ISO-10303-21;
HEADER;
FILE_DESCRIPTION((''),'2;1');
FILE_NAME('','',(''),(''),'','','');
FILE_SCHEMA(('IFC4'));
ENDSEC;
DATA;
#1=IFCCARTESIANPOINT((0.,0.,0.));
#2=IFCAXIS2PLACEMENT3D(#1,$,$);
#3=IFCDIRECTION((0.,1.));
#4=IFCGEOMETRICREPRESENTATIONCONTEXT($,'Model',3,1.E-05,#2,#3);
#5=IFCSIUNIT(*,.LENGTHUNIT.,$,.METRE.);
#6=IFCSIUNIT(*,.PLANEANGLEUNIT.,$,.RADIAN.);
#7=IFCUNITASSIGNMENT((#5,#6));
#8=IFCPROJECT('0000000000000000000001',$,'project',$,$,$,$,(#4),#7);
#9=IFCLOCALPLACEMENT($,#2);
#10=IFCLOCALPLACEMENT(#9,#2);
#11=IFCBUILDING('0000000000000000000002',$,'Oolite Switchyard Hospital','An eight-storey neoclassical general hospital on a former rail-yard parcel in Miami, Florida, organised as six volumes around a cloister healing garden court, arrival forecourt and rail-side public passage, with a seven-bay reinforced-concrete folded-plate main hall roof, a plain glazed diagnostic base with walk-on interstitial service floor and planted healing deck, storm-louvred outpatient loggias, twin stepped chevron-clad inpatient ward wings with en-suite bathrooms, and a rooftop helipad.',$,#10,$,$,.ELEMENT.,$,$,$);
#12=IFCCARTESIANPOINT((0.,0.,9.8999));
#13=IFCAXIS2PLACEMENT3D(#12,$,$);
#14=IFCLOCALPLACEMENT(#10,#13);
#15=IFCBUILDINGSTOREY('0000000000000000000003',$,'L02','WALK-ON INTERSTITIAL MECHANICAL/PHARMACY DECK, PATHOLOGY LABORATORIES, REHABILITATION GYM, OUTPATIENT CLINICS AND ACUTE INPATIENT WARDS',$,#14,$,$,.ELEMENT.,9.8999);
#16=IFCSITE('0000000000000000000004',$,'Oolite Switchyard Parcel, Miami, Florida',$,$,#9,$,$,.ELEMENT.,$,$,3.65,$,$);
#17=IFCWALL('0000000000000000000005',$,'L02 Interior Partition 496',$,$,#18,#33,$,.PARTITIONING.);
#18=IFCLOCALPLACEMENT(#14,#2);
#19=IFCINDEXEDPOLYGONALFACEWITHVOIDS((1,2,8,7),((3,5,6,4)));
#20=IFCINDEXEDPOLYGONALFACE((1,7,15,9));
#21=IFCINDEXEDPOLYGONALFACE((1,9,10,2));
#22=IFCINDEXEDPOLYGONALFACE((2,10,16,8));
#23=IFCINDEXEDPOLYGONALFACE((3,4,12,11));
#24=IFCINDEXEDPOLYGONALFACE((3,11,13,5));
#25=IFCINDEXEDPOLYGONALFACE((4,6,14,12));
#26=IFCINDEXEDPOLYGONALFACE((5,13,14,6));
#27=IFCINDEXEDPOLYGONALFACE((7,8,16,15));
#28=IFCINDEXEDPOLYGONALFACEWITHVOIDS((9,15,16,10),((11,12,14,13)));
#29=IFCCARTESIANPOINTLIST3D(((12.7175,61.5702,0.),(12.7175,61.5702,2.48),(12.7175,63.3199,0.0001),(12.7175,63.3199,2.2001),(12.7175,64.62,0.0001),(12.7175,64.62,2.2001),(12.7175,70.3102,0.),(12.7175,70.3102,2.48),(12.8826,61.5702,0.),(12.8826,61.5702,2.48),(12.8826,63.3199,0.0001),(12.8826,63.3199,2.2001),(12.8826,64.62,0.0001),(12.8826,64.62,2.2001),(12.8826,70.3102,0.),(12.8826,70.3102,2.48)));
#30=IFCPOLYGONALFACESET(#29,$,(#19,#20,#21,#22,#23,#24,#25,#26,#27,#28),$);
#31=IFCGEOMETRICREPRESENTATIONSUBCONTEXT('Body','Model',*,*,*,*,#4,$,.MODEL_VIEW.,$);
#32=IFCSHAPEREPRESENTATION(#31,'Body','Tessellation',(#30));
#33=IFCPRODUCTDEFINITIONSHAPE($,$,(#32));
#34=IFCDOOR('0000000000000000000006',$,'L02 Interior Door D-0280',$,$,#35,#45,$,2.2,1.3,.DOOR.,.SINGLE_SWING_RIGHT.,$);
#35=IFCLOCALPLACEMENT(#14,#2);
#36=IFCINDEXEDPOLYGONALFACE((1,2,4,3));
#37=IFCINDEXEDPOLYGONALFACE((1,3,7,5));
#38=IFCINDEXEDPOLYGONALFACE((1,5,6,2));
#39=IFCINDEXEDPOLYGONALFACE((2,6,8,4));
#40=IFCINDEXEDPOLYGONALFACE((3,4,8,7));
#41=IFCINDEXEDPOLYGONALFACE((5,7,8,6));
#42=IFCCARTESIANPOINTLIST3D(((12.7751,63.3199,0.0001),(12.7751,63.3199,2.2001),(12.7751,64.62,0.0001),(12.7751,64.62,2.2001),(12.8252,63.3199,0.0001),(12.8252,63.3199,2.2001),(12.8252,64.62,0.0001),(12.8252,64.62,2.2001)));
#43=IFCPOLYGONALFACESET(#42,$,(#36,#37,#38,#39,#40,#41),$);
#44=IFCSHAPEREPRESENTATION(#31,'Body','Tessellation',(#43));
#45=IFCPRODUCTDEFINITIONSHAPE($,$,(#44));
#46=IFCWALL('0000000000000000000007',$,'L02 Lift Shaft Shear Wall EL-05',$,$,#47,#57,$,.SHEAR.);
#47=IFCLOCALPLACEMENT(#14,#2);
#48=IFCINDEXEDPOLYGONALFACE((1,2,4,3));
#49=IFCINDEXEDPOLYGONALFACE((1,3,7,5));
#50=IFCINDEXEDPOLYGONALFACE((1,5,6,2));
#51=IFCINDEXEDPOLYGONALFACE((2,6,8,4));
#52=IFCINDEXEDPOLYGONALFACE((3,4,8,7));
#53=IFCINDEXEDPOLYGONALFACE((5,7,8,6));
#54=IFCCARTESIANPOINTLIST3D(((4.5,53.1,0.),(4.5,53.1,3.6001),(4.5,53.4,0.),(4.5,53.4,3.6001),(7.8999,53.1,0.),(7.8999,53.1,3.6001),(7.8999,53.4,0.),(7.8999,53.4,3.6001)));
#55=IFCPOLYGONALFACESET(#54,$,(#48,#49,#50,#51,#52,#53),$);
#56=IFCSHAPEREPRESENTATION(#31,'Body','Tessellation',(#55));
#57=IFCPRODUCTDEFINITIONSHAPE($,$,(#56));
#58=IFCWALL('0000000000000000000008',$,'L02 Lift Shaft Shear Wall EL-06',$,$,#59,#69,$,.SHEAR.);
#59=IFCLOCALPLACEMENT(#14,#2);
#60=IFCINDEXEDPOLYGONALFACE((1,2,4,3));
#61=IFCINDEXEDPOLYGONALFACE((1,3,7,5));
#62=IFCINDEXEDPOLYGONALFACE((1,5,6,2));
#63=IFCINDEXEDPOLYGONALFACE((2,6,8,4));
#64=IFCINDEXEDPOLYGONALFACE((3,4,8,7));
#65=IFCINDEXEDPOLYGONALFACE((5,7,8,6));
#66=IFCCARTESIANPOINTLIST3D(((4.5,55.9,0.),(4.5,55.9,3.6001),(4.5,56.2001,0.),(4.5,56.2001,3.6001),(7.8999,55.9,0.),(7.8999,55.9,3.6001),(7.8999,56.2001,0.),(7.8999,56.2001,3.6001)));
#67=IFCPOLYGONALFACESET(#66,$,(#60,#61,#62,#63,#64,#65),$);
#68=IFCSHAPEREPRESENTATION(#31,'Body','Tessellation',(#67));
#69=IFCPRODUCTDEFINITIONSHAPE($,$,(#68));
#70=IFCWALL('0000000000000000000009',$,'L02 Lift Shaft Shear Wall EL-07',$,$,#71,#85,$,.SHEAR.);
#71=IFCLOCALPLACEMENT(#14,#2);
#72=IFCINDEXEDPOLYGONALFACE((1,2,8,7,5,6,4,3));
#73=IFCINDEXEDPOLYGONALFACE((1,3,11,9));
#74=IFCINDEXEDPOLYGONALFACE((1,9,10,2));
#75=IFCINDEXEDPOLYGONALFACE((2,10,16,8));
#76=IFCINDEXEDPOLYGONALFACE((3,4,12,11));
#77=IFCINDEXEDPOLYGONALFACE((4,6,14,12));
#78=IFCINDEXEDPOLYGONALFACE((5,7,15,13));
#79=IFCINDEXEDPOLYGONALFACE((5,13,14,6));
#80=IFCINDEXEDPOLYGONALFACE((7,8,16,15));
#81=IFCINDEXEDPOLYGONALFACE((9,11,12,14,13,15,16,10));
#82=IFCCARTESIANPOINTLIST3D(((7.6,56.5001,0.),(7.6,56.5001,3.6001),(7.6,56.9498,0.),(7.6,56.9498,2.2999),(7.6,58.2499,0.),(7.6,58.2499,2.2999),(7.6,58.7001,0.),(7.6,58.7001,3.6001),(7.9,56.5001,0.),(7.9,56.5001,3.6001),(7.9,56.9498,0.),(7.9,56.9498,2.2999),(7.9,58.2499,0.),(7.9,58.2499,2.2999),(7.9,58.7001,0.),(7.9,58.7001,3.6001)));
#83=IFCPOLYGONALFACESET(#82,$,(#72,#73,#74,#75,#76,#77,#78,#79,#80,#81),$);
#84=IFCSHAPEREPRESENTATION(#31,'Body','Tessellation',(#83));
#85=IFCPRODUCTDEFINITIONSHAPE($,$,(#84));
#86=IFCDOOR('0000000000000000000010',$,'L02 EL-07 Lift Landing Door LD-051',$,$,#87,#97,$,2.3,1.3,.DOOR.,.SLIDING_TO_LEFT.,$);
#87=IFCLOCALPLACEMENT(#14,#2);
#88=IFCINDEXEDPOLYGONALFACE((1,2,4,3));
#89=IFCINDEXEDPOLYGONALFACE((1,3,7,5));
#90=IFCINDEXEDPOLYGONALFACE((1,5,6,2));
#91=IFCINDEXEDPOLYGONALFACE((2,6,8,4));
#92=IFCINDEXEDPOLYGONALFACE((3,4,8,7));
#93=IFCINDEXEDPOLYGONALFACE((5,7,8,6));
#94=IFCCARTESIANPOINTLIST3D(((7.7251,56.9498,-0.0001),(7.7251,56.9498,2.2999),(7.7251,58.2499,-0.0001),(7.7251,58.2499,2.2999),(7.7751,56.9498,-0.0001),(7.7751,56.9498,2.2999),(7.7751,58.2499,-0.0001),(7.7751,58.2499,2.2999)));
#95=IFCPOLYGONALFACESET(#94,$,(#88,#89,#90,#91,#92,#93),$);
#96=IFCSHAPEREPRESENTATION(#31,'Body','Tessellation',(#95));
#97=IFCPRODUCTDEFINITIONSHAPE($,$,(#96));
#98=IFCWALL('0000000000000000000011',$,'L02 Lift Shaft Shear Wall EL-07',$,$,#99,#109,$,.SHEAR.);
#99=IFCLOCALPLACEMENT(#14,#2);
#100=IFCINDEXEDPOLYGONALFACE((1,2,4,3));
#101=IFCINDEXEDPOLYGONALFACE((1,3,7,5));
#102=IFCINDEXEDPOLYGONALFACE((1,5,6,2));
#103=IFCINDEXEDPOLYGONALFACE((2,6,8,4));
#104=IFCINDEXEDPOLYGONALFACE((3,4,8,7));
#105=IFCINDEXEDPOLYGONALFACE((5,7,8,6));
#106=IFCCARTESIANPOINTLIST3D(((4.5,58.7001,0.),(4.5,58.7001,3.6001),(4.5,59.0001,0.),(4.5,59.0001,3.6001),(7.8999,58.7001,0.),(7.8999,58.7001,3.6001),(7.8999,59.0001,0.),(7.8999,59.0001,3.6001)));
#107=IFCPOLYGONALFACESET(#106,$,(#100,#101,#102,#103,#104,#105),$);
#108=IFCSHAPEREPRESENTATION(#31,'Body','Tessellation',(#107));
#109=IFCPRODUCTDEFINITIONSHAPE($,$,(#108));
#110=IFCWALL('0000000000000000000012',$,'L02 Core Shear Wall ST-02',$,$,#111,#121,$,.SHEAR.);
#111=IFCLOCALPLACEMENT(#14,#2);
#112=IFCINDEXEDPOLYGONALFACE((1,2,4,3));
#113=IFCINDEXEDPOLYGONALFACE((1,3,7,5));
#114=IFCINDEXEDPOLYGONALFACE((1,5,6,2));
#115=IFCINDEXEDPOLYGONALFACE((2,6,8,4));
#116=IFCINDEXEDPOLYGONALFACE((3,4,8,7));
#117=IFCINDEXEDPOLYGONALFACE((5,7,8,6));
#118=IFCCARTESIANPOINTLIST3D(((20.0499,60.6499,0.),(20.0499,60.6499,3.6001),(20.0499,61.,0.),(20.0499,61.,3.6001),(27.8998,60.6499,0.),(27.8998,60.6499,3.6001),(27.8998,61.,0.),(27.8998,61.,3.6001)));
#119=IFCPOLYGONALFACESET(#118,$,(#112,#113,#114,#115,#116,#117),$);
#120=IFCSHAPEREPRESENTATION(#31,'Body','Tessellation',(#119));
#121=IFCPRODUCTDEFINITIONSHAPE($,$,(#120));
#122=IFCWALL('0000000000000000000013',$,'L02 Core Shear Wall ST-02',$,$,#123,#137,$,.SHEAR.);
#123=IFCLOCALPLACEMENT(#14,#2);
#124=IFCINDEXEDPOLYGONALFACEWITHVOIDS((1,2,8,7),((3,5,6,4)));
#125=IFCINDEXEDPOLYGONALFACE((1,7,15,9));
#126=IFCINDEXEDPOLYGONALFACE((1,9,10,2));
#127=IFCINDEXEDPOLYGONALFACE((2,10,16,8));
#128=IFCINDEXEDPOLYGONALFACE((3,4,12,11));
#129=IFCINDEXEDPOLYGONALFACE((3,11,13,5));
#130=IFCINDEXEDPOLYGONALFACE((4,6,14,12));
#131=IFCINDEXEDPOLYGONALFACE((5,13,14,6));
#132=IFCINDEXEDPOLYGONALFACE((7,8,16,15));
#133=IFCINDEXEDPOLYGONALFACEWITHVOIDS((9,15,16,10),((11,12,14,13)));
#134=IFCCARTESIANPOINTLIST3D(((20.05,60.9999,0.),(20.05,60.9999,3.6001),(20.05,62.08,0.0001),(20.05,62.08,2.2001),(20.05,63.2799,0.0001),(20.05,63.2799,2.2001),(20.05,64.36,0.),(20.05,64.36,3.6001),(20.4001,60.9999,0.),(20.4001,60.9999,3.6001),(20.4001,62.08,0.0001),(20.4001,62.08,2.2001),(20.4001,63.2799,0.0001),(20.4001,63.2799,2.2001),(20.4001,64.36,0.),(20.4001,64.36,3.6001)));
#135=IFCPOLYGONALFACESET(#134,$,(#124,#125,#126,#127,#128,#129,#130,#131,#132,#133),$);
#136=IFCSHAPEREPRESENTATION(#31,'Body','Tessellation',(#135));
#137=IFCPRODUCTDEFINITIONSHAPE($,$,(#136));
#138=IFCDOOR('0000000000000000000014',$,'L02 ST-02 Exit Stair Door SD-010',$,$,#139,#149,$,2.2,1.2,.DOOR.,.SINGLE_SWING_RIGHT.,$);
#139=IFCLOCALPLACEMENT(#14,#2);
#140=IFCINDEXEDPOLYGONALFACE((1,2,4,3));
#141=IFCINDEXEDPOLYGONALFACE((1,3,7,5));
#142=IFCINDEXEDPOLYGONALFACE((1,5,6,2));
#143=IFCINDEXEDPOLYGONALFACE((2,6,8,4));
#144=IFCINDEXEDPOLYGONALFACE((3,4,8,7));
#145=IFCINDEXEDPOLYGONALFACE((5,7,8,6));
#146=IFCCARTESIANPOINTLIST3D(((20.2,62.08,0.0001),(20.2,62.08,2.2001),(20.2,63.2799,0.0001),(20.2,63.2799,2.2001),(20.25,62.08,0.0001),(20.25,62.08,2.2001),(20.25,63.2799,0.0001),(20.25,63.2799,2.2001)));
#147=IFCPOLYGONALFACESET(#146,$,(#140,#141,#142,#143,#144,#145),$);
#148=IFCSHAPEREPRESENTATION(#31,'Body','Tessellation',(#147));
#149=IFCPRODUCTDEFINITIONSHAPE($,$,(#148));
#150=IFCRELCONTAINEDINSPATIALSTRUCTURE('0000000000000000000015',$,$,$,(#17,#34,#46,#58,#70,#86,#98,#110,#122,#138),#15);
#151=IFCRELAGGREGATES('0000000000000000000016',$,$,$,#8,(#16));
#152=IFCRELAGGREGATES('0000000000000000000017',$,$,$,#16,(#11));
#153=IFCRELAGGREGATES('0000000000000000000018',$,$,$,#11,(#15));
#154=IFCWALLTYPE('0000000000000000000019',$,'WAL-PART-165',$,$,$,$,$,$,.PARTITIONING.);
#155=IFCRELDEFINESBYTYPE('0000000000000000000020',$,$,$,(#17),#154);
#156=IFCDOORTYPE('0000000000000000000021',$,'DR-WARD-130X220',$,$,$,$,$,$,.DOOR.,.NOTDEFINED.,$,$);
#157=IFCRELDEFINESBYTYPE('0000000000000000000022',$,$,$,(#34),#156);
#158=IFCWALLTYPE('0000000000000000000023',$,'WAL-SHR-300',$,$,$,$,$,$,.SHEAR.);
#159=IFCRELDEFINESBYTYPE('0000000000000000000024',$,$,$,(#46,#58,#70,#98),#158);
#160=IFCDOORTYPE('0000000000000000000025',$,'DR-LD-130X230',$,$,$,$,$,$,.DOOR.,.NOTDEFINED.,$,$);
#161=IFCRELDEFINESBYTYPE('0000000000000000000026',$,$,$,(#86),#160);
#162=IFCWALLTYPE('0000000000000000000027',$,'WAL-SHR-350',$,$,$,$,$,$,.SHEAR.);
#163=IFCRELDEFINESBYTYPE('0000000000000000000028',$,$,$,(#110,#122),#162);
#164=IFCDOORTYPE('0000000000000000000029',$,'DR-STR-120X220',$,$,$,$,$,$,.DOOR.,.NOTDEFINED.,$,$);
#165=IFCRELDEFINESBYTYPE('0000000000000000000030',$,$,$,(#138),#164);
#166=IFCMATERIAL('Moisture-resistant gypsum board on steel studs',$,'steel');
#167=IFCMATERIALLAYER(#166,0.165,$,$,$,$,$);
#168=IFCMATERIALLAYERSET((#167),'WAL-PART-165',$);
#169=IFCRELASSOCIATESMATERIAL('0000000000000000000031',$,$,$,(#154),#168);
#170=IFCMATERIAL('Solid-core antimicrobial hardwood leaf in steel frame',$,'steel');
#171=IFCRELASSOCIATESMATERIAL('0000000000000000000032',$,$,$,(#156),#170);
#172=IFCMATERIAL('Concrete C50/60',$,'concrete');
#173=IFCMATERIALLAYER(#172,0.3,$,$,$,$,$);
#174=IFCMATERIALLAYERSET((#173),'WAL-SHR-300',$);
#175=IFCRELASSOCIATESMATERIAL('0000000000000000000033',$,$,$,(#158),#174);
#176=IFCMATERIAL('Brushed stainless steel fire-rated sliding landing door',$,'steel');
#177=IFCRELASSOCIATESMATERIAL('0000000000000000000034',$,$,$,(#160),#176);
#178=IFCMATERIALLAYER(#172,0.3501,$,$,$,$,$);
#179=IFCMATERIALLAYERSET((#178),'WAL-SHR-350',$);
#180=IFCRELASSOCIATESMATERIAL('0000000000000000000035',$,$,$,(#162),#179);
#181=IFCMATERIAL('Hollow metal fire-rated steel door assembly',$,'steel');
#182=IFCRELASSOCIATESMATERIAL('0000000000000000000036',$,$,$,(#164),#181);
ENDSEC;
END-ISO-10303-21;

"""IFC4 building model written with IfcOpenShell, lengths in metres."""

from ifc_helpers import new_model, si_unit, direction, frame, frame_2d, origin, place, context, subcontext, project, spatial, rectangle, extrude, material, layer, layer_set, type_object, element, fill, save


model = new_model("IFC4")

# Units and contexts
model_context = context("Model", 3, precision=1e-05, world=origin(), true_north=direction((0.0, 1.0)))
body_context = subcontext(model_context, "Body", "Model", "MODEL_VIEW")
ifc_project = project(units=[si_unit("LENGTHUNIT", "METRE"), si_unit("PLANEANGLEUNIT", "RADIAN")], contexts=[model_context])

# Site, building, storey
site_placement = place(None, origin())
site = spatial("IfcSite", under=ifc_project, at=site_placement, Name="Oolite Switchyard Parcel, Miami, Florida", CompositionType="ELEMENT", RefElevation=3.65)
building_placement = place(site_placement, origin())
building = spatial("IfcBuilding", under=site, at=building_placement, Name="Oolite Switchyard Hospital", Description="An eight-storey neoclassical general hospital on a former rail-yard parcel in Miami, Florida, organised as six volumes around a cloister healing garden court, arrival forecourt and rail-side public passage, with a seven-bay reinforced-concrete folded-plate main hall roof, a plain glazed diagnostic base with walk-on interstitial service floor and planted healing deck, storm-louvred outpatient loggias, twin stepped chevron-clad inpatient ward wings with en-suite bathrooms, and a rooftop helipad.", CompositionType="ELEMENT")
storey_placement = place(building_placement, frame((0.0, 0.0, 9.8999)))
storey = spatial("IfcBuildingStorey", under=building, at=storey_placement, Name="L02", Description="WALK-ON INTERSTITIAL MECHANICAL/PHARMACY DECK, PATHOLOGY LABORATORIES, REHABILITATION GYM, OUTPATIENT CLINICS AND ACUTE INPATIENT WARDS", CompositionType="ELEMENT", Elevation=9.8999)

# Shared definitions
ifc_material_1 = material(Name="Concrete C50/60", Category="concrete")

# Wall, opening, door
ifc_material_2 = material(Name="Moisture-resistant gypsum board on steel studs", Category="steel")
ifc_layer_1 = layer(ifc_material_2, 0.165)
ifc_layer_set_1 = layer_set([ifc_layer_1], Name="WAL-PART-165")
wall_type_1 = type_object("IfcWallType", Name="WAL-PART-165", PredefinedType="PARTITIONING", material=ifc_layer_set_1)
wall_1_placement = place(storey_placement, frame((12.8, 61.5701, 0.0), z_axis=(0.0, 0.0, 1.0), x_axis=(0.0, 1.0, 0.0)))
wall_1 = element("IfcWall", 1, at=wall_1_placement, inside=storey, type_object=wall_type_1, Name="L02 Interior Partition 496", PredefinedType="PARTITIONING", context=body_context, shape_type="SweptSolid", body=[
    extrude(rectangle(XDim=8.74, YDim=0.165, at=frame_2d((4.3701, 0.0))), origin(), (0.0, 0.0, 1.0), 2.48),
])
opening_1_placement = place(wall_1_placement, frame((1.75, 0.0, 0.0)))
opening_1 = element("IfcOpeningElement", 2, at=opening_1_placement, cuts=wall_1, PredefinedType="OPENING", context=body_context, shape_type="SweptSolid", body=[
    extrude(rectangle(XDim=1.3, YDim=2.2, at=frame_2d((0.6499, 1.1001))), frame((0.0, 0.0925, 0.0), z_axis=(0.0, -1.0, 0.0), x_axis=(1.0, 0.0, 0.0)), (0.0, 0.0, 1.0), 0.1851),
])
ifc_material_3 = material(Name="Solid-core antimicrobial hardwood leaf in steel frame", Category="steel")
door_type_1 = type_object("IfcDoorType", Name="DR-WARD-130X220", OperationType="NOTDEFINED", PredefinedType="DOOR", material=ifc_material_3)
door_1_placement = place(opening_1_placement, origin())
door_1 = element("IfcDoor", 3, at=door_1_placement, inside=storey, type_object=door_type_1, Name="L02 Interior Door D-0280", OperationType="SINGLE_SWING_RIGHT", OverallHeight=2.2, OverallWidth=1.3, PredefinedType="DOOR", context=body_context, shape_type="SweptSolid", body=[
    extrude(rectangle(XDim=1.3, YDim=2.2, at=frame_2d((0.6499, 1.1001))), frame((0.0, 0.0249, 0.0), z_axis=(0.0, -1.0, 0.0), x_axis=(1.0, 0.0, 0.0)), (0.0, 0.0, 1.0), 0.05),
])
fill(opening_1, door_1)

# Walls
ifc_layer_2 = layer(ifc_material_1, 0.3)
ifc_layer_set_2 = layer_set([ifc_layer_2], Name="WAL-SHR-300")
wall_type_2 = type_object("IfcWallType", Name="WAL-SHR-300", PredefinedType="SHEAR", material=ifc_layer_set_2)
for number, where, z_axis, x_axis, name in (
    (4, (7.8999, 53.25, 0.0), (0.0, 0.0, 1.0), (-1.0, 0.0, 0.0), "L02 Lift Shaft Shear Wall EL-05"),
    (5, (7.8999, 56.05, 0.0), (0.0, 0.0, 1.0), (-1.0, 0.0, 0.0), "L02 Lift Shaft Shear Wall EL-06"),
):
    element("IfcWall", number, at=place(storey_placement, frame(where, z_axis=z_axis, x_axis=x_axis)), inside=storey, type_object=wall_type_2, Name=name, PredefinedType="SHEAR", context=body_context, shape_type="SweptSolid", body=[
        extrude(rectangle(XDim=3.3999, YDim=0.3, at=frame_2d((1.7, 0.0))), origin(), (0.0, 0.0, 1.0), 3.6001),
    ])

# Wall, opening, door
wall_2_placement = place(storey_placement, frame((7.75, 56.5, 0.0), z_axis=(0.0, 0.0, 1.0), x_axis=(0.0, 1.0, 0.0)))
wall_2 = element("IfcWall", 6, at=wall_2_placement, inside=storey, type_object=wall_type_2, Name="L02 Lift Shaft Shear Wall EL-07", PredefinedType="SHEAR", context=body_context, shape_type="SweptSolid", body=[
    extrude(rectangle(XDim=2.2, YDim=0.3, at=frame_2d((1.1001, 0.0))), origin(), (0.0, 0.0, 1.0), 3.6001),
])
opening_2_placement = place(wall_2_placement, frame((0.45, 0.0, 0.0)))
opening_2 = element("IfcOpeningElement", 7, at=opening_2_placement, cuts=wall_2, PredefinedType="OPENING", context=body_context, shape_type="SweptSolid", body=[
    extrude(rectangle(XDim=1.3, YDim=2.3, at=frame_2d((0.6499, 1.1499))), frame((0.0, 0.1602, 0.0), z_axis=(0.0, -1.0, 0.0), x_axis=(1.0, 0.0, 0.0)), (0.0, 0.0, 1.0), 0.3201),
])
ifc_material_4 = material(Name="Brushed stainless steel fire-rated sliding landing door", Category="steel")
door_type_2 = type_object("IfcDoorType", Name="DR-LD-130X230", OperationType="NOTDEFINED", PredefinedType="DOOR", material=ifc_material_4)
door_2_placement = place(opening_2_placement, origin())
door_2 = element("IfcDoor", 8, at=door_2_placement, inside=storey, type_object=door_type_2, Name="L02 EL-07 Lift Landing Door LD-051", OperationType="SLIDING_TO_LEFT", OverallHeight=2.3, OverallWidth=1.3, PredefinedType="DOOR", context=body_context, shape_type="SweptSolid", body=[
    extrude(rectangle(XDim=1.3, YDim=2.3, at=frame_2d((0.6499, 1.1499))), frame((0.0, 0.0249, 0.0), z_axis=(0.0, -1.0, 0.0), x_axis=(1.0, 0.0, 0.0)), (0.0, 0.0, 1.0), 0.05),
])
fill(opening_2, door_2)

# Walls
wall_3_placement = place(storey_placement, frame((7.8999, 58.8501, 0.0), z_axis=(0.0, 0.0, 1.0), x_axis=(-1.0, 0.0, 0.0)))
element("IfcWall", 9, at=wall_3_placement, inside=storey, type_object=wall_type_2, Name="L02 Lift Shaft Shear Wall EL-07", PredefinedType="SHEAR", context=body_context, shape_type="SweptSolid", body=[
    extrude(rectangle(XDim=3.3999, YDim=0.3, at=frame_2d((1.7, 0.0))), origin(), (0.0, 0.0, 1.0), 3.6001),
])
ifc_layer_3 = layer(ifc_material_1, 0.3501)
ifc_layer_set_3 = layer_set([ifc_layer_3], Name="WAL-SHR-350")
wall_type_3 = type_object("IfcWallType", Name="WAL-SHR-350", PredefinedType="SHEAR", material=ifc_layer_set_3)
wall_4_placement = place(storey_placement, frame((20.05, 60.825, 0.0), z_axis=(0.0, 0.0, 1.0), x_axis=(1.0, 0.0, 0.0)))
element("IfcWall", 10, at=wall_4_placement, inside=storey, type_object=wall_type_3, Name="L02 Core Shear Wall ST-02", PredefinedType="SHEAR", context=body_context, shape_type="SweptSolid", body=[
    extrude(rectangle(XDim=7.8499, YDim=0.3501, at=frame_2d((3.9248, 0.0))), origin(), (0.0, 0.0, 1.0), 3.6001),
])

# Wall, opening, door
wall_5_placement = place(storey_placement, frame((20.2251, 64.3601, 0.0), z_axis=(0.0, 0.0, 1.0), x_axis=(0.0, -1.0, 0.0)))
wall_5 = element("IfcWall", 11, at=wall_5_placement, inside=storey, type_object=wall_type_3, Name="L02 Core Shear Wall ST-02", PredefinedType="SHEAR", context=body_context, shape_type="SweptSolid", body=[
    extrude(rectangle(XDim=3.3601, YDim=0.3501, at=frame_2d((1.6802, 0.0))), origin(), (0.0, 0.0, 1.0), 3.6001),
])
opening_3_placement = place(wall_5_placement, frame((1.0801, 0.0, 0.0)))
opening_3 = element("IfcOpeningElement", 12, at=opening_3_placement, cuts=wall_5, PredefinedType="OPENING", context=body_context, shape_type="SweptSolid", body=[
    extrude(rectangle(XDim=1.2, YDim=2.2, at=frame_2d((0.6001, 1.1001))), frame((0.0, 0.1851, 0.0), z_axis=(0.0, -1.0, 0.0), x_axis=(1.0, 0.0, 0.0)), (0.0, 0.0, 1.0), 0.3701),
])
ifc_material_5 = material(Name="Hollow metal fire-rated steel door assembly", Category="steel")
door_type_3 = type_object("IfcDoorType", Name="DR-STR-120X220", OperationType="NOTDEFINED", PredefinedType="DOOR", material=ifc_material_5)
door_3_placement = place(opening_3_placement, origin())
door_3 = element("IfcDoor", 13, at=door_3_placement, inside=storey, type_object=door_type_3, Name="L02 ST-02 Exit Stair Door SD-010", OperationType="SINGLE_SWING_RIGHT", OverallHeight=2.2, OverallWidth=1.2, PredefinedType="DOOR", context=body_context, shape_type="SweptSolid", body=[
    extrude(rectangle(XDim=1.2, YDim=2.2, at=frame_2d((0.6001, 1.1001))), frame((0.0, 0.0249, 0.0), z_axis=(0.0, -1.0, 0.0), x_axis=(1.0, 0.0, 0.0)), (0.0, 0.0, 1.0), 0.05),
])
fill(opening_3, door_3)

save(model, "model.ifc")
